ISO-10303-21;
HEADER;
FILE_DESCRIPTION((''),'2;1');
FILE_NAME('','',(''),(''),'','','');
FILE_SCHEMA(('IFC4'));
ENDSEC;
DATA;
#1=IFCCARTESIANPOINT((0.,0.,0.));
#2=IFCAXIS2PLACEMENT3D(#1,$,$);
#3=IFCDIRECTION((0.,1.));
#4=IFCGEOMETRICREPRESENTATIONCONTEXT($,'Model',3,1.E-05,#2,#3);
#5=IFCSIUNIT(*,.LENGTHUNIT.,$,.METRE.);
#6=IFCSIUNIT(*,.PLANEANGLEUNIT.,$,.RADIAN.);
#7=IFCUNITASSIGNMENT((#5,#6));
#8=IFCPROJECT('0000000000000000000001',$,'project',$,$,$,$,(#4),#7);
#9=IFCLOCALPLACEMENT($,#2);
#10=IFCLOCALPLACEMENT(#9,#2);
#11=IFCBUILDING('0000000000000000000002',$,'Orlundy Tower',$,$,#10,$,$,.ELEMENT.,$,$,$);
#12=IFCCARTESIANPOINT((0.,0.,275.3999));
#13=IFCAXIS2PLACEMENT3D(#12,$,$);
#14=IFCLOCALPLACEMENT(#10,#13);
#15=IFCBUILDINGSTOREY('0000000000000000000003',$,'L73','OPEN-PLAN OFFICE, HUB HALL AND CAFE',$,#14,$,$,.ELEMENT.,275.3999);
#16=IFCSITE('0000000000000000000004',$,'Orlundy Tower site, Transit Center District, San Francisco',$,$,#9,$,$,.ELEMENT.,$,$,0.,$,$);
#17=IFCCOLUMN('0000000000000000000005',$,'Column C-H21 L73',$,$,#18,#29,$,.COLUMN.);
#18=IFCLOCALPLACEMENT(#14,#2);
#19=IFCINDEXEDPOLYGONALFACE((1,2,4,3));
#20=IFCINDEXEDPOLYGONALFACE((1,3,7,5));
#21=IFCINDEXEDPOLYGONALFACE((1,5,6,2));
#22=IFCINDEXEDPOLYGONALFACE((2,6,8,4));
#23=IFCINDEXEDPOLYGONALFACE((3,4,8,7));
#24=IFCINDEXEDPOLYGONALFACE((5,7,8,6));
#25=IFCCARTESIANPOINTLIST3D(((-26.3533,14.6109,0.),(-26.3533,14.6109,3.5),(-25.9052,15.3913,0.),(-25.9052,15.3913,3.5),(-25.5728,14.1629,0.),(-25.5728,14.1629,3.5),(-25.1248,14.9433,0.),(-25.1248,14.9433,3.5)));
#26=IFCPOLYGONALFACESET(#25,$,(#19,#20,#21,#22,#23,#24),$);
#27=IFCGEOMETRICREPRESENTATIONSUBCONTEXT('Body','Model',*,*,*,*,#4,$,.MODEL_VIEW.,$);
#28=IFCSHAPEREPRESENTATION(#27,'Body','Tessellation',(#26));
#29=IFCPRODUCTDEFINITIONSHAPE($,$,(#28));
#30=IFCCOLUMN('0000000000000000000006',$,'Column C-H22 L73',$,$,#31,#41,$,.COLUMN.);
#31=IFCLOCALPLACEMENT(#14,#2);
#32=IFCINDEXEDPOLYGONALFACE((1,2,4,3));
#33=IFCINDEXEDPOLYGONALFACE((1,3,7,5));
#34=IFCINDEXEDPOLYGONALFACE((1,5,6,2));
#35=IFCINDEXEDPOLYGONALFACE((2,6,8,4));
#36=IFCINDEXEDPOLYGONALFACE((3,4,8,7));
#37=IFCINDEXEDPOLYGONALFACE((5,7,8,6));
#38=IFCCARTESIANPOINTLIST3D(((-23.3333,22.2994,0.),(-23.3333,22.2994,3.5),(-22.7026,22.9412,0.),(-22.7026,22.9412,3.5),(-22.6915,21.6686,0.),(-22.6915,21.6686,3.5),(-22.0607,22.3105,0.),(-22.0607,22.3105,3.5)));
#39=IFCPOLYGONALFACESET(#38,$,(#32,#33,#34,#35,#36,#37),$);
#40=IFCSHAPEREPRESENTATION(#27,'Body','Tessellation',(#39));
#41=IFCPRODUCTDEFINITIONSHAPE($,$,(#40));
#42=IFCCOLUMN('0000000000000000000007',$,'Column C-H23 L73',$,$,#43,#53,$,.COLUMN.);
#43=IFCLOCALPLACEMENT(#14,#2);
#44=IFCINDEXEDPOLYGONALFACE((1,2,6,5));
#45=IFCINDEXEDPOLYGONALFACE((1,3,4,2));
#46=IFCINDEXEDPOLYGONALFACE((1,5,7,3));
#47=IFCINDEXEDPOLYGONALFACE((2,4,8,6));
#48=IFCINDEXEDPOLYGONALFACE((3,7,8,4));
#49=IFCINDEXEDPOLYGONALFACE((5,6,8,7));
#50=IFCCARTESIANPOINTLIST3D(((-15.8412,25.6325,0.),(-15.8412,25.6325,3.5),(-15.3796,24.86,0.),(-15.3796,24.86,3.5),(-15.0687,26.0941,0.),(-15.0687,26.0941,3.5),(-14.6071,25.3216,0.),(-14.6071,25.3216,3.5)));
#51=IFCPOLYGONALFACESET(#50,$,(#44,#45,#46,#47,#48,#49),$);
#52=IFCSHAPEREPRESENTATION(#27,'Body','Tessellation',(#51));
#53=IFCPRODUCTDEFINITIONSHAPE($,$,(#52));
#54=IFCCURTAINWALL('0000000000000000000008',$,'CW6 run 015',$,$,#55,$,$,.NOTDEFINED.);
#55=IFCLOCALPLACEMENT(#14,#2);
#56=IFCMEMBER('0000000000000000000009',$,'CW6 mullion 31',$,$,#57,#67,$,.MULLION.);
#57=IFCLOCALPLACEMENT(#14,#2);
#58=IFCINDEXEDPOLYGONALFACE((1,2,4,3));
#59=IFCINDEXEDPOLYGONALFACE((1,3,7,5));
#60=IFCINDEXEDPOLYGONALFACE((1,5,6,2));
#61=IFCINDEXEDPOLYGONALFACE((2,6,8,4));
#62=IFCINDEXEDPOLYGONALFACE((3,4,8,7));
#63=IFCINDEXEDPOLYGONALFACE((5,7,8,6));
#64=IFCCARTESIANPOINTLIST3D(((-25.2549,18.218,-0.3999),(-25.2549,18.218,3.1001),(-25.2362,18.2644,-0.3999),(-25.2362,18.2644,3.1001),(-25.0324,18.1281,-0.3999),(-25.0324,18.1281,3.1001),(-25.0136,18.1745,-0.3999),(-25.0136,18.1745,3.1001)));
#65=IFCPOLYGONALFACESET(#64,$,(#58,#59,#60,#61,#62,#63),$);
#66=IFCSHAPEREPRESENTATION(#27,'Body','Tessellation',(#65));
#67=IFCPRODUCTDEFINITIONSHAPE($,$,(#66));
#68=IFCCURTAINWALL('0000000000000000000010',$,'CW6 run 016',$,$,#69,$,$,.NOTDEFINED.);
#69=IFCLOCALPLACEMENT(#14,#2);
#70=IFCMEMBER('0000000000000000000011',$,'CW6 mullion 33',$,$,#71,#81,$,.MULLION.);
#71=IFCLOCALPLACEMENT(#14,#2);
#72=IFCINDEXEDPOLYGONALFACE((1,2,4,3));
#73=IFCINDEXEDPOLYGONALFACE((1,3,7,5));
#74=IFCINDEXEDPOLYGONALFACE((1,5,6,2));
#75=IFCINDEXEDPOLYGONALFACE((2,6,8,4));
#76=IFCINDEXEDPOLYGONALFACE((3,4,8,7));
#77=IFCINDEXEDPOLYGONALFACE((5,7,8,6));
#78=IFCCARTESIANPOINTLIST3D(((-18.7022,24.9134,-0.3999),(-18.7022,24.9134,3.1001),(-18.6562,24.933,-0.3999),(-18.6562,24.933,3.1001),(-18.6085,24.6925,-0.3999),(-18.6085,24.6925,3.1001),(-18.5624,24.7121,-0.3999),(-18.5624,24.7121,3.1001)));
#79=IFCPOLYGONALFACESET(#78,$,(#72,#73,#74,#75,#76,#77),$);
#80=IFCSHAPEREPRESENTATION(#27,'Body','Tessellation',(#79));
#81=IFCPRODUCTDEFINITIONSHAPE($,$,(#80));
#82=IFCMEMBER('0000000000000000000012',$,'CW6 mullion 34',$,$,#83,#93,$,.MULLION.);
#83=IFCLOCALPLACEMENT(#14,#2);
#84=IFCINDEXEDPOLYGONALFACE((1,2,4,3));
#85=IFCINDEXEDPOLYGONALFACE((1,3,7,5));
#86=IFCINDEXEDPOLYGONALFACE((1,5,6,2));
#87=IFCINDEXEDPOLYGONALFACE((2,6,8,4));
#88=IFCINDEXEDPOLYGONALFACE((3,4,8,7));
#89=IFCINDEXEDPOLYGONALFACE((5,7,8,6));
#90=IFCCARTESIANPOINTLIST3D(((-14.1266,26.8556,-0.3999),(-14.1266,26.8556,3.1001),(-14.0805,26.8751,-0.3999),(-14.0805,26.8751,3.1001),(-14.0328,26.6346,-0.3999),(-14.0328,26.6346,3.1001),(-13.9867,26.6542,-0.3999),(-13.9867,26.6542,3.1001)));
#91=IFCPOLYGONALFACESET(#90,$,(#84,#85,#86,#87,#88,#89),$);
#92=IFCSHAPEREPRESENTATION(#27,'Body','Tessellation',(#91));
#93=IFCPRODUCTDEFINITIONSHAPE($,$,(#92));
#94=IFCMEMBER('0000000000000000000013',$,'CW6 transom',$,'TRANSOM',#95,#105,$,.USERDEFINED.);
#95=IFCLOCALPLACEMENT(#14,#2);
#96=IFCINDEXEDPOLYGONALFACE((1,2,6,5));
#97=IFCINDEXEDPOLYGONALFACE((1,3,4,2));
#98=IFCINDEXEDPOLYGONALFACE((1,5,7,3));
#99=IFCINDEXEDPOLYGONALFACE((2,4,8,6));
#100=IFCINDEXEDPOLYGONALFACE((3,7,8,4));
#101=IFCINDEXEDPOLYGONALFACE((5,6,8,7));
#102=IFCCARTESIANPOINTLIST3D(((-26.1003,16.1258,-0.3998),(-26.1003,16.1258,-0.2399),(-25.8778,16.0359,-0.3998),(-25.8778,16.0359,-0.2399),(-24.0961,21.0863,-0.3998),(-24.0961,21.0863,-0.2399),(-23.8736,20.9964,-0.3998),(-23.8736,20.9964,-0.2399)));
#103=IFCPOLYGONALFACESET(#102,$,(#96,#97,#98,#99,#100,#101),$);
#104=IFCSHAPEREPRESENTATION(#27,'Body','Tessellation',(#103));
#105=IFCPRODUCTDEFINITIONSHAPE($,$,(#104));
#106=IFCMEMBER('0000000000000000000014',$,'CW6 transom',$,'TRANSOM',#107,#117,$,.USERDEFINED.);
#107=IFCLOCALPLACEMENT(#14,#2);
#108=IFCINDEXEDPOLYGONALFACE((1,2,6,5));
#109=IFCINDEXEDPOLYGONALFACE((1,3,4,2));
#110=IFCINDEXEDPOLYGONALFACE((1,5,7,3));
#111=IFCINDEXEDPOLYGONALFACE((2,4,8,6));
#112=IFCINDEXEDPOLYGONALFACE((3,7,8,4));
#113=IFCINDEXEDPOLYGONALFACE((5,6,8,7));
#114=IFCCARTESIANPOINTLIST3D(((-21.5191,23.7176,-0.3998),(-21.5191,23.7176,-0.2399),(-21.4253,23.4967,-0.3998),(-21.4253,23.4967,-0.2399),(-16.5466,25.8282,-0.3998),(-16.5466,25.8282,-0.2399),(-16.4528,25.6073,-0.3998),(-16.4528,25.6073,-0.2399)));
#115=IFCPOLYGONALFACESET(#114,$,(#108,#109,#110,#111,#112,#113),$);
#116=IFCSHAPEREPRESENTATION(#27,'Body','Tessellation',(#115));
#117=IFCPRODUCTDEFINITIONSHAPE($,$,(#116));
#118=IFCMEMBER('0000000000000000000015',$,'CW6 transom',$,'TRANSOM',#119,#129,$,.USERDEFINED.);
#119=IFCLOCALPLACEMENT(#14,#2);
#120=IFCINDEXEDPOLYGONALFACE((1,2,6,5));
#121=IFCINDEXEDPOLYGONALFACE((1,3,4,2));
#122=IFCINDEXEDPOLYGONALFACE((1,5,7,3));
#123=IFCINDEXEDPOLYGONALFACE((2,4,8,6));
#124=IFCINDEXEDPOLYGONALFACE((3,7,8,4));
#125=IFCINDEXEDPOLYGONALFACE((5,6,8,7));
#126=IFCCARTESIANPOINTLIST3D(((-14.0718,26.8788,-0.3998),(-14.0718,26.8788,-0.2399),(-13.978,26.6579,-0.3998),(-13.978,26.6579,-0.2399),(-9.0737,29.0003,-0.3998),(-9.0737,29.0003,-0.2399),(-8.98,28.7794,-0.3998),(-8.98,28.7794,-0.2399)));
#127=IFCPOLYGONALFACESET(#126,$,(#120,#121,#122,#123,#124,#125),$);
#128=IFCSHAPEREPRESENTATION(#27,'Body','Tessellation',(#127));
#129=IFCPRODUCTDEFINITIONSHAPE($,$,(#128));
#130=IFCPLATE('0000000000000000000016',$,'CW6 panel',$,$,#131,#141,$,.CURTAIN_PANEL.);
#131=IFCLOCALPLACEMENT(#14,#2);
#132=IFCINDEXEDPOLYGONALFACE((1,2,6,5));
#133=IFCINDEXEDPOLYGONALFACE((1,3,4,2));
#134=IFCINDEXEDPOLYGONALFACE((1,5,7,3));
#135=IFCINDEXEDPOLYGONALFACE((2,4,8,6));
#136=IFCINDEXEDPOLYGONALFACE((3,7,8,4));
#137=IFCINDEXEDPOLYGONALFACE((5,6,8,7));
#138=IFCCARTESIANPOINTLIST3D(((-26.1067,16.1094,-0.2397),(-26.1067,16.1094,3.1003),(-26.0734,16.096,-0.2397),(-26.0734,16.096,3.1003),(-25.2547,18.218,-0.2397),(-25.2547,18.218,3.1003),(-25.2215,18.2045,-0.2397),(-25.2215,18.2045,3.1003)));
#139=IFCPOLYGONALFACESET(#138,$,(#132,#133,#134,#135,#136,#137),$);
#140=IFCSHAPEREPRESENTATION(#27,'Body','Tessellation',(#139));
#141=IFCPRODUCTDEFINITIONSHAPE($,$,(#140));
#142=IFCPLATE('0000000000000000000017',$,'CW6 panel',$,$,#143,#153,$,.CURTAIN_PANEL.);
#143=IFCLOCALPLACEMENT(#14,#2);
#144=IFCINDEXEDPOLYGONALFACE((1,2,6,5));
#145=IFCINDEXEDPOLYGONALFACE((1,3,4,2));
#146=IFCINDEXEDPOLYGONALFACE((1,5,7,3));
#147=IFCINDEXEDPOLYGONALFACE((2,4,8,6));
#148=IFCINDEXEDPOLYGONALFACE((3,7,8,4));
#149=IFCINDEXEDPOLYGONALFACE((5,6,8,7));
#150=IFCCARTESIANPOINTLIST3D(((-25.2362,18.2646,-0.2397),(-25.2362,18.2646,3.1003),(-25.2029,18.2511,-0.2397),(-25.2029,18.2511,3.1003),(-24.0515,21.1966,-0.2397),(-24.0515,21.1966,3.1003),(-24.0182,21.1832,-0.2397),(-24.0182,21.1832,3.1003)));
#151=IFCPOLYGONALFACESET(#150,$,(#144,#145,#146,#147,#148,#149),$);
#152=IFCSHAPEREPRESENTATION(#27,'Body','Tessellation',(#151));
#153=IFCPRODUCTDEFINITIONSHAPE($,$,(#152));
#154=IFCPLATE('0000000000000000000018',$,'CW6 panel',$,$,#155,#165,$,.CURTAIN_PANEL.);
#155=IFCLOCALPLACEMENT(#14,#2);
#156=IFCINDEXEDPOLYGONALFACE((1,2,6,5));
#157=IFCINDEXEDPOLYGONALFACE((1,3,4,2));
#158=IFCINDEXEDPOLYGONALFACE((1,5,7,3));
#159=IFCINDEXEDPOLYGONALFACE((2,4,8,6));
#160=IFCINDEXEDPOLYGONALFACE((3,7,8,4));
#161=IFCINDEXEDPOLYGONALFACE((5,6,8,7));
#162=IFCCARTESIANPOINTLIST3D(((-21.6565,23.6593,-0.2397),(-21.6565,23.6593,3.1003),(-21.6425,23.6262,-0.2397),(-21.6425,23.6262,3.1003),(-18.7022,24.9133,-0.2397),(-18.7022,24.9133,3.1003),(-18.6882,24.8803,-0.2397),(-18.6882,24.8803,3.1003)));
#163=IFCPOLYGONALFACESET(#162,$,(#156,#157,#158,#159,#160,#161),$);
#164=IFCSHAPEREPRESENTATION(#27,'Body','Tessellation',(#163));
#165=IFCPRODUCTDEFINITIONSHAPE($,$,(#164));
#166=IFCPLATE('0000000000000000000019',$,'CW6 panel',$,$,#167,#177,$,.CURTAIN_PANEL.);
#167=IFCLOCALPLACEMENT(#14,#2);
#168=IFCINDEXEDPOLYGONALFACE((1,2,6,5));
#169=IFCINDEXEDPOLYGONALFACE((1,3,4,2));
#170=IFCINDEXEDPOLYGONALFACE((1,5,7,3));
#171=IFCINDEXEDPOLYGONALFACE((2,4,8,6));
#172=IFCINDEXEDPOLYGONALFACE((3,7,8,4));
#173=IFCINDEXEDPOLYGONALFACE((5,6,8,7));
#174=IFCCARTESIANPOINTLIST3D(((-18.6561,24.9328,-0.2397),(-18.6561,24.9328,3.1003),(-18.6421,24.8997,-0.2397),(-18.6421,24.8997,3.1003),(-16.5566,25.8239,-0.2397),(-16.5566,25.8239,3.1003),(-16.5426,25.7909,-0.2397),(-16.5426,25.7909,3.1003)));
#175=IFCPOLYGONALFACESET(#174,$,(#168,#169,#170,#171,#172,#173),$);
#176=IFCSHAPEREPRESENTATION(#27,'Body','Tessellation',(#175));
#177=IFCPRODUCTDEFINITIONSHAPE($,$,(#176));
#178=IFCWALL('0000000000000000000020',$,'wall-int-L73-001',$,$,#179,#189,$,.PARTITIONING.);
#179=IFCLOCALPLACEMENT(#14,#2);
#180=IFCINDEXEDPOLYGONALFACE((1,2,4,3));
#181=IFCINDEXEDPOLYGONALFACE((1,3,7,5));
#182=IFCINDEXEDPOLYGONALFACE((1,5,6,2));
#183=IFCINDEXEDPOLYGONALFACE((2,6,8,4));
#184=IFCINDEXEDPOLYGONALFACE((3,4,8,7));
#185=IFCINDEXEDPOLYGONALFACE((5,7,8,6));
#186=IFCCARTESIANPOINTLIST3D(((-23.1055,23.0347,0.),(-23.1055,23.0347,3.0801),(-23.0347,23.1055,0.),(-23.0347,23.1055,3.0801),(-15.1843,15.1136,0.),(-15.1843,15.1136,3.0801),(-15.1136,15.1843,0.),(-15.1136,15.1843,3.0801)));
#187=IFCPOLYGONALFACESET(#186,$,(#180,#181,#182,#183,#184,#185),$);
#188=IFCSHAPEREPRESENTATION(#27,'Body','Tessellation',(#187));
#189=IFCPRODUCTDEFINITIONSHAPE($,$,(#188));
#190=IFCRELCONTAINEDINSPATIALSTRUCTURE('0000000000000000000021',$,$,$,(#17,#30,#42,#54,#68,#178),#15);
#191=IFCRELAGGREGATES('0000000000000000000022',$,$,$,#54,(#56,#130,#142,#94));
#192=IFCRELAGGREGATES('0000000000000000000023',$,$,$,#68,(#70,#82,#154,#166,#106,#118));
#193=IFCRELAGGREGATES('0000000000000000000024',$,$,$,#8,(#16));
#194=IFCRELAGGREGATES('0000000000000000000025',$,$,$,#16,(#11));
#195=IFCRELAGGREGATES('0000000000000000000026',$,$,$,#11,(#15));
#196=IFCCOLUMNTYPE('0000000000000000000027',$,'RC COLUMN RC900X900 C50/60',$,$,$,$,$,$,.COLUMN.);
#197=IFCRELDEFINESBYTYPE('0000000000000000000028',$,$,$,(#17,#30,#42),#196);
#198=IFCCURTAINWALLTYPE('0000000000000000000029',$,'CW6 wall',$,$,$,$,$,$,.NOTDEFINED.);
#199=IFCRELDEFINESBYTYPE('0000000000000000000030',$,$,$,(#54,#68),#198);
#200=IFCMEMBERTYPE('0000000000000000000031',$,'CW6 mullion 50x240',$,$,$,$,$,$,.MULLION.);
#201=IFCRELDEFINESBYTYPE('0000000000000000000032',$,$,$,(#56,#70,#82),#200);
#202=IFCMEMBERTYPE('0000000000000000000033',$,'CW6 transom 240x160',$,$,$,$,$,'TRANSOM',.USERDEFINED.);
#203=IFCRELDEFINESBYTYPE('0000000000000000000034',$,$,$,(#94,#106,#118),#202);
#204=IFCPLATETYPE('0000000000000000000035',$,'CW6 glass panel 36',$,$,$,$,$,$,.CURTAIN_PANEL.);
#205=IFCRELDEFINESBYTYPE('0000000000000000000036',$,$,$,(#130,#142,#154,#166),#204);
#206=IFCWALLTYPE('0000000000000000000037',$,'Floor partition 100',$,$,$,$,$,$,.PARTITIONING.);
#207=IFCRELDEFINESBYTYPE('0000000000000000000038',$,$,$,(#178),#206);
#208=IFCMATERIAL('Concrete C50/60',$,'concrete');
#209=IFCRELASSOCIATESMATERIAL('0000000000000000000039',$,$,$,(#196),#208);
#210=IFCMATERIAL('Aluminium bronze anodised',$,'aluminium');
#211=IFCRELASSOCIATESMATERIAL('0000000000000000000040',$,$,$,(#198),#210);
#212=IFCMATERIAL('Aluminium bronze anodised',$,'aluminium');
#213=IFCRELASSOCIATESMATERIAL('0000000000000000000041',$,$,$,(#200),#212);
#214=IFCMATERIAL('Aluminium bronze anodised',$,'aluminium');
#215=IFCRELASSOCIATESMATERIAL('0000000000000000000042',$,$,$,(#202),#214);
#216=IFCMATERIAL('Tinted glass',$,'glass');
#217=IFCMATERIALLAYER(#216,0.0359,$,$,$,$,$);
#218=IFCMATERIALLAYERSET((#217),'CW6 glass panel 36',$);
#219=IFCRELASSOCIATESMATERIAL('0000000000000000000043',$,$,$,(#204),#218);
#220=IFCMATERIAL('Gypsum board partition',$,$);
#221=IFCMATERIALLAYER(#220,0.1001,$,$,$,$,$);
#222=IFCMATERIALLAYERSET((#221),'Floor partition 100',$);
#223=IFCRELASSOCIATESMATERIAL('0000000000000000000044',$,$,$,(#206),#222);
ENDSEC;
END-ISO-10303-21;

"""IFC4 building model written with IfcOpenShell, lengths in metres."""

from ifc_helpers import new_model, si_unit, direction, frame, frame_2d, origin, origin_2d, place, context, subcontext, project, spatial, rectangle, extrude, material, layer, layer_set, material_profile, profile_set, type_object, element, aggregate, save


model = new_model("IFC4")

# Units and contexts
model_context = context("Model", 3, precision=1e-05, world=origin(), true_north=direction((0.0, 1.0)))
body_context = subcontext(model_context, "Body", "Model", "MODEL_VIEW")
ifc_project = project(units=[si_unit("LENGTHUNIT", "METRE"), si_unit("PLANEANGLEUNIT", "RADIAN")], contexts=[model_context])

# Site, building, storey
site_placement = place(None, origin())
site = spatial("IfcSite", under=ifc_project, at=site_placement, Name="Orlundy Tower site, Transit Center District, San Francisco", CompositionType="ELEMENT", RefElevation=0.0)
building_placement = place(site_placement, origin())
building = spatial("IfcBuilding", under=site, at=building_placement, Name="Orlundy Tower", CompositionType="ELEMENT")
storey_placement = place(building_placement, frame((0.0, 0.0, 275.3999)))
storey = spatial("IfcBuildingStorey", under=building, at=storey_placement, Name="L73", Description="OPEN-PLAN OFFICE, HUB HALL AND CAFE", CompositionType="ELEMENT", Elevation=275.3999)

# Columns
ifc_material_1 = material(Name="Concrete C50/60", Category="concrete")
ifc_material_profile_1 = material_profile(ifc_material_1, rectangle(XDim=0.8999, YDim=0.8999, at=origin_2d()), Name="RC900X900")
ifc_profile_set_1 = profile_set([ifc_material_profile_1], Name="Concrete C50/60")
column_type = type_object("IfcColumnType", Name="RC COLUMN RC900X900 C50/60", PredefinedType="COLUMN", material=ifc_profile_set_1)
for number, where, z_axis, x_axis, name in (
    (1, (-25.739, 14.7771, 0.0), (0.0, 0.0, 1.0), (-0.867236, 0.497898, 0.0), "Column C-H21 L73"),
    (2, (-22.697, 22.3049, 0.0), (0.0, 0.0, 1.0), (-0.713238, 0.700922, 0.0), "Column C-H22 L73"),
    (3, (-15.2241, 25.4771, 0.0), (0.0, 0.0, 1.0), (-0.512957, 0.858414, 0.0), "Column C-H23 L73"),
):
    element("IfcColumn", number, at=place(storey_placement, frame(where, z_axis=z_axis, x_axis=x_axis)), inside=storey, type_object=column_type, Name=name, PredefinedType="COLUMN", context=body_context, shape_type="SweptSolid", body=[
        extrude(rectangle(XDim=0.8999, YDim=0.8999, at=origin_2d()), origin(), (0.0, 0.0, 1.0), 3.5),
    ])

# Curtain wall, member
ifc_material_2 = material(Name="Aluminium bronze anodised", Category="aluminium")
curtain_wall_type = type_object("IfcCurtainWallType", Name="CW6 wall", PredefinedType="NOTDEFINED", material=ifc_material_2)
curtain_wall_1_placement = place(storey_placement, origin())
curtain_wall_1 = element("IfcCurtainWall", 4, at=curtain_wall_1_placement, inside=storey, type_object=curtain_wall_type, Name="CW6 run 015", PredefinedType="NOTDEFINED")
ifc_material_3 = material(Name="Aluminium bronze anodised", Category="aluminium")
ifc_material_profile_2 = material_profile(ifc_material_3, rectangle(XDim=0.24, YDim=0.05, at=origin_2d()), Name="CW6 mullion 50x240")
ifc_profile_set_2 = profile_set([ifc_material_profile_2], Name="Aluminium bronze anodised")
member_type_1 = type_object("IfcMemberType", Name="CW6 mullion 50x240", PredefinedType="MULLION", material=ifc_profile_set_2)
member_1_placement = place(storey_placement, frame((-25.1343, 18.1963, -0.3999), z_axis=(0.0, 0.0, 1.0), x_axis=(-0.927184, 0.374607, 0.0)))
member_1 = element("IfcMember", 5, at=member_1_placement, type_object=member_type_1, Name="CW6 mullion 31", PredefinedType="MULLION", context=body_context, shape_type="SweptSolid", body=[
    extrude(rectangle(XDim=0.24, YDim=0.05, at=origin_2d()), origin(), (0.0, 0.0, 1.0), 3.5),
])

# Curtain wall, members
curtain_wall_2_placement = place(storey_placement, origin())
curtain_wall_2 = element("IfcCurtainWall", 6, at=curtain_wall_2_placement, inside=storey, type_object=curtain_wall_type, Name="CW6 run 016", PredefinedType="NOTDEFINED")
member_2_placement = place(storey_placement, frame((-18.6323, 24.8127, -0.3999), z_axis=(0.0, 0.0, 1.0), x_axis=(-0.390727, 0.920507, 0.0)))
member_2 = element("IfcMember", 7, at=member_2_placement, type_object=member_type_1, Name="CW6 mullion 33", PredefinedType="MULLION", context=body_context, shape_type="SweptSolid", body=[
    extrude(rectangle(XDim=0.24, YDim=0.05, at=origin_2d()), origin(), (0.0, 0.0, 1.0), 3.5),
])
member_3_placement = place(storey_placement, frame((-14.0566, 26.7549, -0.3999), z_axis=(0.0, 0.0, 1.0), x_axis=(-0.390727, 0.920507, 0.0)))
member_3 = element("IfcMember", 8, at=member_3_placement, type_object=member_type_1, Name="CW6 mullion 34", PredefinedType="MULLION", context=body_context, shape_type="SweptSolid", body=[
    extrude(rectangle(XDim=0.24, YDim=0.05, at=origin_2d()), origin(), (0.0, 0.0, 1.0), 3.5),
])

# Members
ifc_material_4 = material(Name="Aluminium bronze anodised", Category="aluminium")
ifc_material_profile_3 = material_profile(ifc_material_4, rectangle(XDim=0.24, YDim=0.1599, at=origin_2d()), Name="CW6 transom 240x160")
ifc_profile_set_3 = profile_set([ifc_material_profile_3], Name="Aluminium bronze anodised")
member_type_2 = type_object("IfcMemberType", Name="CW6 transom 240x160", ElementType="TRANSOM", PredefinedType="USERDEFINED", material=ifc_profile_set_3)
member_4_placement = place(storey_placement, frame((-25.989, 16.0808, -0.3198), z_axis=(0.374606, 0.927184, 0.0), x_axis=(-0.927184, 0.374606, 0.0)))
member_4 = element("IfcMember", 9, at=member_4_placement, type_object=member_type_2, Name="CW6 transom", ObjectType="TRANSOM", PredefinedType="USERDEFINED", context=body_context, shape_type="SweptSolid", body=[
    extrude(rectangle(XDim=0.24, YDim=0.1599, at=origin_2d()), origin(), (0.0, 0.0, 1.0), 5.3501),
])
member_5_placement = place(storey_placement, frame((-21.4722, 23.6072, -0.3198), z_axis=(0.920509, 0.39072, 0.0), x_axis=(-0.39072, 0.920509, 0.0)))
member_5 = element("IfcMember", 10, at=member_5_placement, type_object=member_type_2, Name="CW6 transom", ObjectType="TRANSOM", PredefinedType="USERDEFINED", context=body_context, shape_type="SweptSolid", body=[
    extrude(rectangle(XDim=0.24, YDim=0.1599, at=origin_2d()), origin(), (0.0, 0.0, 1.0), 5.4019),
])
member_6_placement = place(storey_placement, frame((-14.0249, 26.7683, -0.3198), z_axis=(0.920502, 0.390737, 0.0), x_axis=(-0.390737, 0.920502, 0.0)))
member_6 = element("IfcMember", 11, at=member_6_placement, type_object=member_type_2, Name="CW6 transom", ObjectType="TRANSOM", PredefinedType="USERDEFINED", context=body_context, shape_type="SweptSolid", body=[
    extrude(rectangle(XDim=0.24, YDim=0.1599, at=origin_2d()), origin(), (0.0, 0.0, 1.0), 5.4297),
])

# Plates
ifc_material_5 = material(Name="Tinted glass", Category="glass")
ifc_layer_1 = layer(ifc_material_5, 0.0359)
ifc_layer_set_1 = layer_set([ifc_layer_1], Name="CW6 glass panel 36")
plate_type = type_object("IfcPlateType", Name="CW6 glass panel 36", PredefinedType="CURTAIN_PANEL", material=ifc_layer_set_1)
plate_1_placement = place(storey_placement, frame((-25.6641, 17.157, -0.2397), z_axis=(0.0, 0.0, 1.0), x_axis=(0.374607, 0.927184, 0.0)))
plate_1 = element("IfcPlate", 12, at=plate_1_placement, type_object=plate_type, Name="CW6 panel", PredefinedType="CURTAIN_PANEL", context=body_context, shape_type="SweptSolid", body=[
    extrude(rectangle(XDim=2.2742, YDim=0.0359, at=origin_2d()), origin(), (0.0, 0.0, 1.0), 3.3401),
])
plate_2_placement = place(storey_placement, frame((-24.6272, 19.7239, -0.2397), z_axis=(0.0, 0.0, 1.0), x_axis=(0.374607, 0.927184, 0.0)))
plate_2 = element("IfcPlate", 13, at=plate_2_placement, type_object=plate_type, Name="CW6 panel", PredefinedType="CURTAIN_PANEL", context=body_context, shape_type="SweptSolid", body=[
    extrude(rectangle(XDim=3.1624, YDim=0.0359, at=origin_2d()), origin(), (0.0, 0.0, 1.0), 3.3401),
])
aggregate(curtain_wall_1, [member_1, plate_1, plate_2, member_4])
plate_3_placement = place(storey_placement, frame((-20.1724, 24.2698, -0.2397), z_axis=(0.0, 0.0, 1.0), x_axis=(0.920507, 0.390727, 0.0)))
plate_3 = element("IfcPlate", 14, at=plate_3_placement, type_object=plate_type, Name="CW6 panel", PredefinedType="CURTAIN_PANEL", context=body_context, shape_type="SweptSolid", body=[
    extrude(rectangle(XDim=3.2095, YDim=0.0359, at=origin_2d()), origin(), (0.0, 0.0, 1.0), 3.3401),
])
plate_4_placement = place(storey_placement, frame((-17.5994, 25.3618, -0.2397), z_axis=(0.0, 0.0, 1.0), x_axis=(0.920507, 0.390727, 0.0)))
plate_4 = element("IfcPlate", 15, at=plate_4_placement, type_object=plate_type, Name="CW6 panel", PredefinedType="CURTAIN_PANEL", context=body_context, shape_type="SweptSolid", body=[
    extrude(rectangle(XDim=2.2808, YDim=0.0359, at=origin_2d()), origin(), (0.0, 0.0, 1.0), 3.3401),
])
aggregate(curtain_wall_2, [member_2, member_3, plate_3, plate_4, member_5, member_6])

# Wall
ifc_material_6 = material(Name="Gypsum board partition")
ifc_layer_2 = layer(ifc_material_6, 0.1001)
ifc_layer_set_2 = layer_set([ifc_layer_2], Name="Floor partition 100")
wall_type_1 = type_object("IfcWallType", Name="Floor partition 100", PredefinedType="PARTITIONING", material=ifc_layer_set_2)
wall_1_placement = place(storey_placement, frame((-23.0701, 23.0701, 0.0), z_axis=(0.0, 0.0, 1.0), x_axis=(0.707107, -0.707107, 0.0)))
element("IfcWall", 16, at=wall_1_placement, inside=storey, type_object=wall_type_1, Name="wall-int-L73-001", PredefinedType="PARTITIONING", context=body_context, shape_type="SweptSolid", body=[
    extrude(rectangle(XDim=11.2021, YDim=0.1001, at=frame_2d((5.6011, 0.0))), origin(), (0.0, 0.0, 1.0), 3.0801),
])

save(model, "model.ifc")
